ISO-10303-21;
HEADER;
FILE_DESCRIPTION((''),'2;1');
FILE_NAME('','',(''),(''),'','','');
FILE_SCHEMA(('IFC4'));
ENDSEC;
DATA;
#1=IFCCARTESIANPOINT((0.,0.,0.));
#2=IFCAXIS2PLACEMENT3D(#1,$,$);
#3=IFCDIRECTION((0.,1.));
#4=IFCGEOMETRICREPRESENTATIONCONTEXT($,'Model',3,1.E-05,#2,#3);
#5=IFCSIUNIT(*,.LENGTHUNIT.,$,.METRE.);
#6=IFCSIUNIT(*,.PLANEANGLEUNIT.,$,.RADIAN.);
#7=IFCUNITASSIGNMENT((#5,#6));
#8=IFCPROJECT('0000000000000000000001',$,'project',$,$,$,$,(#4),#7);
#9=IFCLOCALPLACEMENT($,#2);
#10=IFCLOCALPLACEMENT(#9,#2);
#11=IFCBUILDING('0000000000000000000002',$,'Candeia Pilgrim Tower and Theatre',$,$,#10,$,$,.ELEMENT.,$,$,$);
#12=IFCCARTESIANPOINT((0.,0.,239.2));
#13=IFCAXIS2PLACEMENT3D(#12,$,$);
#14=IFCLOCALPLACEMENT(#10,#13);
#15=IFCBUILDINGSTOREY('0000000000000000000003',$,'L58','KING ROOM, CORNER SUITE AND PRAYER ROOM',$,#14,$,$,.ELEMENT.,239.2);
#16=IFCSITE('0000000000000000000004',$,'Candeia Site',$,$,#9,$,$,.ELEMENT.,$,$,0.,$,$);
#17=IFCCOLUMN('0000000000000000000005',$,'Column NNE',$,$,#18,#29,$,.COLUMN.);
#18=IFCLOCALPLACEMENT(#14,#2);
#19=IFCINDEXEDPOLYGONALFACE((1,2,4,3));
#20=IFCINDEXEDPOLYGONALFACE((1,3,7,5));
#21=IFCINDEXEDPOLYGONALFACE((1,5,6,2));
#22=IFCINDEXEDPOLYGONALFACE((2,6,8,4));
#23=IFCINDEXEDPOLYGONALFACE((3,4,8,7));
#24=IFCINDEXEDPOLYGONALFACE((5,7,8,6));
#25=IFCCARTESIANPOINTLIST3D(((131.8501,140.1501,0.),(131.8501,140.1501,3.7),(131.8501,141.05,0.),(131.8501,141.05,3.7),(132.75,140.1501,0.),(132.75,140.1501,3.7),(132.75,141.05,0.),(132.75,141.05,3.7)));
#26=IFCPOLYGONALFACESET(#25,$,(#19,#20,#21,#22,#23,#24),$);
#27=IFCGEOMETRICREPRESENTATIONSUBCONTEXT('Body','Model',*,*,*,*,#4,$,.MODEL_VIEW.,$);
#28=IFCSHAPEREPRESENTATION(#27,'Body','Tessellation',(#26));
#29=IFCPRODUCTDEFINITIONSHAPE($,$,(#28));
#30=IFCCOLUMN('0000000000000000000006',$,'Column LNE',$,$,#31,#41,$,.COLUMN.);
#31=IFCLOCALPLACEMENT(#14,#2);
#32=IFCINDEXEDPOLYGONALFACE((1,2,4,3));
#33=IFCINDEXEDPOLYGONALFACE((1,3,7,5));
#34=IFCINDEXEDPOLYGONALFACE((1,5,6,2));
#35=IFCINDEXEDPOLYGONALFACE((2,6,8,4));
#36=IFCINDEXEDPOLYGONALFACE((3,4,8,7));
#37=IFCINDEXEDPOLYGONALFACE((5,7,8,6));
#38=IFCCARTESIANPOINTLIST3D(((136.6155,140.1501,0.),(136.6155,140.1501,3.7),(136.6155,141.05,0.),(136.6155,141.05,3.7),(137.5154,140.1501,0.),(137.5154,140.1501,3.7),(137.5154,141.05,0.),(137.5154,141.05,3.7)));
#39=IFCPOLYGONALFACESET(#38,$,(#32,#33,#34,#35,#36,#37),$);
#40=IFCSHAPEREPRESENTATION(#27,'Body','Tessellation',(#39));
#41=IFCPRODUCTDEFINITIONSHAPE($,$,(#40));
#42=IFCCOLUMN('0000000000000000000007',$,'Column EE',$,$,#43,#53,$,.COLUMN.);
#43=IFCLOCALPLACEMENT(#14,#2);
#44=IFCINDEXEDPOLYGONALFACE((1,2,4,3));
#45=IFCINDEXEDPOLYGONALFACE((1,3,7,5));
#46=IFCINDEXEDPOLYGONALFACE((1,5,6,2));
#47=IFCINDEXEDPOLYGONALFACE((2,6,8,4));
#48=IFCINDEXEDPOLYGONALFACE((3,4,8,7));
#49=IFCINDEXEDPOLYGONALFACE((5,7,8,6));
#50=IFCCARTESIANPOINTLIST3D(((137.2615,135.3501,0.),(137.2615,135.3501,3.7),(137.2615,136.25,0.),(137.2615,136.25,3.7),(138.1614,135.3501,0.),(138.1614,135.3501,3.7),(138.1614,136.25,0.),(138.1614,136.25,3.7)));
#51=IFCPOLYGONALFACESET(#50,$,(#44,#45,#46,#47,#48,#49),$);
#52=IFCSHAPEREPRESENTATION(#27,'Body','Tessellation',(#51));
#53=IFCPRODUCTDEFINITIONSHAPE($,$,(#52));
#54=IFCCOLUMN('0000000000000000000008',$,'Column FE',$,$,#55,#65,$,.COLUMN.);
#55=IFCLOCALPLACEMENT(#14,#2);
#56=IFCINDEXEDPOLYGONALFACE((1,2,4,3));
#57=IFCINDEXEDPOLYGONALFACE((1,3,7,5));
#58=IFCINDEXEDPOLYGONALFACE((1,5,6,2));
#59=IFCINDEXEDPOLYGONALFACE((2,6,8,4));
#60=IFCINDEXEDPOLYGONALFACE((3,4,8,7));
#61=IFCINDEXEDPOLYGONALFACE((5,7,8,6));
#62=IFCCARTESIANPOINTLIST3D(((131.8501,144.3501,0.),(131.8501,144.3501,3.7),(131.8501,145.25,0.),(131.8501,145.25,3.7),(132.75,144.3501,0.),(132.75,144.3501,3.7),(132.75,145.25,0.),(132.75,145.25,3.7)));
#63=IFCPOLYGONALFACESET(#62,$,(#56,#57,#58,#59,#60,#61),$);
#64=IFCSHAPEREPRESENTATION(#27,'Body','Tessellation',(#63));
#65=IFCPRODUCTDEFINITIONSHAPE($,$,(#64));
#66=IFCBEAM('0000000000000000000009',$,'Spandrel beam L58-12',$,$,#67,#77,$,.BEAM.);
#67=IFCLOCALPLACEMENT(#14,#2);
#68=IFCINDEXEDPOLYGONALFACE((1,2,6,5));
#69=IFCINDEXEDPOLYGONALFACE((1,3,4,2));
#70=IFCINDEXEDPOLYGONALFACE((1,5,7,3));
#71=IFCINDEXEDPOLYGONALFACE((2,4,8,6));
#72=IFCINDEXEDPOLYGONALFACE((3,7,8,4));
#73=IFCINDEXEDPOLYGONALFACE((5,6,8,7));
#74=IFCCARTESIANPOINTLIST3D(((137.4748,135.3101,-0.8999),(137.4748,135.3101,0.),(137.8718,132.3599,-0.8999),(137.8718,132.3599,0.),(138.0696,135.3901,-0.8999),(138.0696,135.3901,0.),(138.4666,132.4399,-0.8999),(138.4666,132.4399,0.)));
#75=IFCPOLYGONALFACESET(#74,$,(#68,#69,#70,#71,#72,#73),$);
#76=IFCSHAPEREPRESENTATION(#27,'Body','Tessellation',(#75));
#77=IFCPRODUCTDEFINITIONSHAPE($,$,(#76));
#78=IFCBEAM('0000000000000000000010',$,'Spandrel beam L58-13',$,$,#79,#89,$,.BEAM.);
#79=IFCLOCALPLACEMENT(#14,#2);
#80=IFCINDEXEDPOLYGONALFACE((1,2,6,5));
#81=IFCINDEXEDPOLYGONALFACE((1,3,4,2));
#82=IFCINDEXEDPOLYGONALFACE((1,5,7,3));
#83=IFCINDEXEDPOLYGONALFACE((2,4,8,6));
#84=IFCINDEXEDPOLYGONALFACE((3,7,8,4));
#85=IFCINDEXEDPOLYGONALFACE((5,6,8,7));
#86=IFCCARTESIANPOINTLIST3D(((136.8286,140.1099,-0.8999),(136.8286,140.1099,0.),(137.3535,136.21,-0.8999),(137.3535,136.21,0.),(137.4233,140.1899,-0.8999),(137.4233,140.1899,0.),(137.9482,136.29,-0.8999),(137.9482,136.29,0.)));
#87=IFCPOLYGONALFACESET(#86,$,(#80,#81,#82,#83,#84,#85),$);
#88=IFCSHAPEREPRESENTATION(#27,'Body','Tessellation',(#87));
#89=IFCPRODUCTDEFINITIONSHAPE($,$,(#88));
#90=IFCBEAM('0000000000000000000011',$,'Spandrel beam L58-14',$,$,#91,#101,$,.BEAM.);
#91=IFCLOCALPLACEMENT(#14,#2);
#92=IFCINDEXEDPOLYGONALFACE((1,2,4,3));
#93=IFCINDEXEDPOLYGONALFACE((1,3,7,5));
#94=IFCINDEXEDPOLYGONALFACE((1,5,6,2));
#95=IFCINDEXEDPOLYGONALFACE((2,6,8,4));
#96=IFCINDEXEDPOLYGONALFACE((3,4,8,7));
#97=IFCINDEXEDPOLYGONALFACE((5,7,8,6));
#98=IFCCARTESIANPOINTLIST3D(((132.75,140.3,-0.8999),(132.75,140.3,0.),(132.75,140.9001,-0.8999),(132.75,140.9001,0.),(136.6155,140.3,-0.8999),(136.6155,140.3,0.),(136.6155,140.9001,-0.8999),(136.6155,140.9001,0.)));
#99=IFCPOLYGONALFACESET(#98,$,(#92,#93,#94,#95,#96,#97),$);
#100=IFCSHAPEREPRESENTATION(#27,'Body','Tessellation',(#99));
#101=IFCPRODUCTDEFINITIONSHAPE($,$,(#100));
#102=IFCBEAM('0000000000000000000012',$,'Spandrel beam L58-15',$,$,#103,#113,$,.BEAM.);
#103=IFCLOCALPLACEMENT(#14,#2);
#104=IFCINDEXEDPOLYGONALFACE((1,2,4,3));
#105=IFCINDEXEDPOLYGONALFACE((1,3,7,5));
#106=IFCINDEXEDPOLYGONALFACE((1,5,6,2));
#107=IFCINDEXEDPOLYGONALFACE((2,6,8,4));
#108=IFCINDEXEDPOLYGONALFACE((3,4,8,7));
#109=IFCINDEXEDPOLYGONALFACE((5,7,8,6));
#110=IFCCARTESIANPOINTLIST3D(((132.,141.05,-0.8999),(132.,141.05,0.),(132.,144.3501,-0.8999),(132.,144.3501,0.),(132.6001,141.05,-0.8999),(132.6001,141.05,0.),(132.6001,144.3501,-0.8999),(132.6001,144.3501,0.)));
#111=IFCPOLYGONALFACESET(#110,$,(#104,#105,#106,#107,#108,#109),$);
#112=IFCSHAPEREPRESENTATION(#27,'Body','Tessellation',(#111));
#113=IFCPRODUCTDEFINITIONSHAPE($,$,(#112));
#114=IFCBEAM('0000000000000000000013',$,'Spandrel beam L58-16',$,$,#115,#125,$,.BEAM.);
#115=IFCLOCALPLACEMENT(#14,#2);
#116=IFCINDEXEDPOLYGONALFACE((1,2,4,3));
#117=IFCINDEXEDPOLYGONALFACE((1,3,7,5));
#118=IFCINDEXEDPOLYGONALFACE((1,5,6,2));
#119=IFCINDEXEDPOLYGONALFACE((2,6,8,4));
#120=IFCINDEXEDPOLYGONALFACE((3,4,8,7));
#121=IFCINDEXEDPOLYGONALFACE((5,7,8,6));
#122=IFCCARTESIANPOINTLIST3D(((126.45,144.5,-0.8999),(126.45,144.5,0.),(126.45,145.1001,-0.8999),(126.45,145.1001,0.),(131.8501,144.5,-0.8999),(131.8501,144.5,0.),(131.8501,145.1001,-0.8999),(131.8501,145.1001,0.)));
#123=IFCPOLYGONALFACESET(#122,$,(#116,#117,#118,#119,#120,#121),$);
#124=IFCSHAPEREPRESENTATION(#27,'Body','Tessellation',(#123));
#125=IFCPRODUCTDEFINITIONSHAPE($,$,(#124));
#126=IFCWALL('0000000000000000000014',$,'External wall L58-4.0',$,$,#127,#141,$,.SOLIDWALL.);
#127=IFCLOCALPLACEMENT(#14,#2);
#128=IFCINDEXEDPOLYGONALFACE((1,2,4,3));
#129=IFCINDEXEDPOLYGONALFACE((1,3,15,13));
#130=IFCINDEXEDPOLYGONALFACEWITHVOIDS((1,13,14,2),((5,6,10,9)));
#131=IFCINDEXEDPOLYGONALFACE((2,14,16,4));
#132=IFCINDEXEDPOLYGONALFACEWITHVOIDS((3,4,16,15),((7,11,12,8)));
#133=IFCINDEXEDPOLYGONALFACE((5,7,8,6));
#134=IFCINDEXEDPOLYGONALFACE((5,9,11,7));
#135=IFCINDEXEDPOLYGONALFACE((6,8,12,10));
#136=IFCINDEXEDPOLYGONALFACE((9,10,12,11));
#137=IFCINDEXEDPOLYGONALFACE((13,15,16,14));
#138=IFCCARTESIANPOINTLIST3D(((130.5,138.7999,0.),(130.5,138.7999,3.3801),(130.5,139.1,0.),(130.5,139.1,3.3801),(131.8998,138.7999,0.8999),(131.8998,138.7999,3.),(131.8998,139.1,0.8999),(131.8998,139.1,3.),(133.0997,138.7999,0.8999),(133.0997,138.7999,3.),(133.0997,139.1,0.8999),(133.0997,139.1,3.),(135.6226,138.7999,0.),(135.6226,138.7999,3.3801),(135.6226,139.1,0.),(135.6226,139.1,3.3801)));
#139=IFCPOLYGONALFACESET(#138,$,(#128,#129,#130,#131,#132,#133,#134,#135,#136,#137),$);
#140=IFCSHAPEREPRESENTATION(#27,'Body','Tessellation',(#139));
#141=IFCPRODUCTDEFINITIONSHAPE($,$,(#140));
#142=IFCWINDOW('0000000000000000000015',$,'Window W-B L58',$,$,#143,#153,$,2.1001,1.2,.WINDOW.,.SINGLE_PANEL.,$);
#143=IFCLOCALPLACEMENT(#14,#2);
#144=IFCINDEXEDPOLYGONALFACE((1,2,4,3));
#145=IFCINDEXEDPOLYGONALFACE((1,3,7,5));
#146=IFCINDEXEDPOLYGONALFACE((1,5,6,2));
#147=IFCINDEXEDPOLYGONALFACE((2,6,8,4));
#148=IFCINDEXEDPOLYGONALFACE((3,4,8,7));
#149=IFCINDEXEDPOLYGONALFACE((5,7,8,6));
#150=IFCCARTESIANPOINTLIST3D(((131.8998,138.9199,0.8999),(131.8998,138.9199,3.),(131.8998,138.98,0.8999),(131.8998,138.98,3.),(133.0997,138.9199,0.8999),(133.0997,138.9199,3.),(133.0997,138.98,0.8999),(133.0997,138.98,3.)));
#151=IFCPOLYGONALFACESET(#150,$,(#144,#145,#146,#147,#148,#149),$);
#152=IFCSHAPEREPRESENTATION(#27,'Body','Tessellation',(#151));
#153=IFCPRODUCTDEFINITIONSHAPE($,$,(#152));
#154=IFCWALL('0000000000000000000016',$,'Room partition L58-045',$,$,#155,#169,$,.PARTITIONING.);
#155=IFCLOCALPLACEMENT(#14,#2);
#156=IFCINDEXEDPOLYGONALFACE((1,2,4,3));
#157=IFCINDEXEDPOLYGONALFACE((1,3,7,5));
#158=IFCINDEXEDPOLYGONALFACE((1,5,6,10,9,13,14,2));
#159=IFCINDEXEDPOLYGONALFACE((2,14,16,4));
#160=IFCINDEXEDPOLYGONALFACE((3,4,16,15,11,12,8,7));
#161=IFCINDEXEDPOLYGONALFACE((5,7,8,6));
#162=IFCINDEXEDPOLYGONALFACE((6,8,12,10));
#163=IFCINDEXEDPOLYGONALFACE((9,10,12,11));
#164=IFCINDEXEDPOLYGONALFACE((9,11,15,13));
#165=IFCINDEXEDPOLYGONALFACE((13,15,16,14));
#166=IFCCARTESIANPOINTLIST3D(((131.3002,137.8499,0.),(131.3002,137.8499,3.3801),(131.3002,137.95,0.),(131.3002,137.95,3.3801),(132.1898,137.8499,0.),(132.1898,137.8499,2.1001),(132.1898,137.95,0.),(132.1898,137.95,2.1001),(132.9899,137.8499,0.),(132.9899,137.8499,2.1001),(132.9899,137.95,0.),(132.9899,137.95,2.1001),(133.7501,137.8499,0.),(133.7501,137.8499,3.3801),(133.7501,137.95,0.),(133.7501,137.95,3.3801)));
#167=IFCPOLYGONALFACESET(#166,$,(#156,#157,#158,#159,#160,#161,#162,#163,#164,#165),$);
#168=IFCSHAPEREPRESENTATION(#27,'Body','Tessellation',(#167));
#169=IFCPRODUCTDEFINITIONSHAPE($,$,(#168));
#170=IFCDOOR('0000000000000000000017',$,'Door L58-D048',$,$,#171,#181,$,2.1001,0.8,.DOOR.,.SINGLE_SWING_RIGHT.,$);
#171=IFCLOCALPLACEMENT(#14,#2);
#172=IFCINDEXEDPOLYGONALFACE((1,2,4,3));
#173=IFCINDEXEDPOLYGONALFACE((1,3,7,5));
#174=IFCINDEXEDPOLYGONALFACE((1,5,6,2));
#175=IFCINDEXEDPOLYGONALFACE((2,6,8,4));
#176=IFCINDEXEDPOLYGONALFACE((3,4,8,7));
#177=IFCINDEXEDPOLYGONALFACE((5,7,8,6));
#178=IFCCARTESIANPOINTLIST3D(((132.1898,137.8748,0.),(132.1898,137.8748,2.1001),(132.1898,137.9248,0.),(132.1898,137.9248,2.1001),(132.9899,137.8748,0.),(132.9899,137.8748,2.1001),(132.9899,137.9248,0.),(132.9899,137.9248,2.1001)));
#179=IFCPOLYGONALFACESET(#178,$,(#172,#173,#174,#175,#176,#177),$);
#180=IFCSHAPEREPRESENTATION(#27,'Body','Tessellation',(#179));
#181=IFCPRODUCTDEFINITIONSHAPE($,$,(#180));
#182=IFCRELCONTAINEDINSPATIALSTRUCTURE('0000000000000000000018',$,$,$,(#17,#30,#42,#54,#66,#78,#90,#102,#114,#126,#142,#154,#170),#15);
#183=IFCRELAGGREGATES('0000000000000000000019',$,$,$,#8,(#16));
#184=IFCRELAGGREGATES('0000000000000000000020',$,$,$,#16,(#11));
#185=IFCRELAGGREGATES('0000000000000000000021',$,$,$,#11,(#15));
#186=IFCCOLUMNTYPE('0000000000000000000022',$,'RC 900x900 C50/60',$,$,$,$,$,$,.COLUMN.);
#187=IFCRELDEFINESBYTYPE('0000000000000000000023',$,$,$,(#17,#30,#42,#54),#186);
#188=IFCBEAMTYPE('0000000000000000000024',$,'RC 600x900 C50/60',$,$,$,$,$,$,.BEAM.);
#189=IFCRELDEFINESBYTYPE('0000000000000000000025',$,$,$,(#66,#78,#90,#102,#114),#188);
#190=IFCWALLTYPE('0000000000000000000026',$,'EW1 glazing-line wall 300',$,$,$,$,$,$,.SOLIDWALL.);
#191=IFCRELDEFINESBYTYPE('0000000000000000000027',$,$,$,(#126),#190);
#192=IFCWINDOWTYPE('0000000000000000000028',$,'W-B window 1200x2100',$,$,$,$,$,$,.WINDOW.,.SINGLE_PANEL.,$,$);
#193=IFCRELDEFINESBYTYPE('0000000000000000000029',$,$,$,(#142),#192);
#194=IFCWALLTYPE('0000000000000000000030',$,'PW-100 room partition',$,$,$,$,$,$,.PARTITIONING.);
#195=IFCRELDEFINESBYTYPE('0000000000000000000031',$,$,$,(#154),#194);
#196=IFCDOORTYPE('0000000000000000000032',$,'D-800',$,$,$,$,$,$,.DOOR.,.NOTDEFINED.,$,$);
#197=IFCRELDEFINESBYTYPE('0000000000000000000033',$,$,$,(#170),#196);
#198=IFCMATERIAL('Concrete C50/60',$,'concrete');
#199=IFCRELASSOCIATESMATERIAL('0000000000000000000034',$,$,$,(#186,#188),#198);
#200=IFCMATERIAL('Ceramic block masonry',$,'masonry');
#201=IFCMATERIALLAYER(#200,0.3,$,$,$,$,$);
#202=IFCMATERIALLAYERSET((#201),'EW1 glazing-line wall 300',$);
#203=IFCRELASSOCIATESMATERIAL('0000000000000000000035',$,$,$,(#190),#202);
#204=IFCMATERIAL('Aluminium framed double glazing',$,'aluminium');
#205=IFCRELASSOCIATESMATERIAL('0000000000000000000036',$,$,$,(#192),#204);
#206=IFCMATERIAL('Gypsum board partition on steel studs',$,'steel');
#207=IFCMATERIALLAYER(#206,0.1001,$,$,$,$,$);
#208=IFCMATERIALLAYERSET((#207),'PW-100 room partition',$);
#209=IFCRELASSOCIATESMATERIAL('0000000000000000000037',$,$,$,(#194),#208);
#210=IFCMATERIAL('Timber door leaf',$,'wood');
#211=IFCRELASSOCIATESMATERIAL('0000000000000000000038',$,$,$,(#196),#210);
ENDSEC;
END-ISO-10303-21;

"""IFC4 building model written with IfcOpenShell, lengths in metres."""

from ifc_helpers import new_model, si_unit, direction, frame, frame_2d, origin, origin_2d, place, context, subcontext, project, spatial, rectangle, extrude, material, layer, layer_set, material_profile, profile_set, type_object, element, fill, save


model = new_model("IFC4")

# Units and contexts
model_context = context("Model", 3, precision=1e-05, world=origin(), true_north=direction((0.0, 1.0)))
body_context = subcontext(model_context, "Body", "Model", "MODEL_VIEW")
ifc_project = project(units=[si_unit("LENGTHUNIT", "METRE"), si_unit("PLANEANGLEUNIT", "RADIAN")], contexts=[model_context])

# Site, building, storey
site_placement = place(None, origin())
site = spatial("IfcSite", under=ifc_project, at=site_placement, Name="Candeia Site", CompositionType="ELEMENT", RefElevation=0.0)
building_placement = place(site_placement, origin())
building = spatial("IfcBuilding", under=site, at=building_placement, Name="Candeia Pilgrim Tower and Theatre", CompositionType="ELEMENT")
storey_placement = place(building_placement, frame((0.0, 0.0, 239.2)))
storey = spatial("IfcBuildingStorey", under=building, at=storey_placement, Name="L58", Description="KING ROOM, CORNER SUITE AND PRAYER ROOM", CompositionType="ELEMENT", Elevation=239.2)

# Columns
ifc_material_1 = material(Name="Concrete C50/60", Category="concrete")
ifc_material_profile_1 = material_profile(ifc_material_1, rectangle(XDim=0.8999, YDim=0.8999, at=origin_2d()))
ifc_profile_set_1 = profile_set([ifc_material_profile_1], Name="Concrete C50/60")
column_type = type_object("IfcColumnType", Name="RC 900x900 C50/60", PredefinedType="COLUMN", material=ifc_profile_set_1)
for number, where, z_axis, x_axis, name in (
    (1, (132.3, 140.6001, 0.0), (0.0, 0.0, 1.0), (1.0, 0.0, 0.0), "Column NNE"),
    (2, (137.0654, 140.6001, 0.0), (0.0, 0.0, 1.0), (1.0, 0.0, 0.0), "Column LNE"),
    (3, (137.7114, 135.8, 0.0), (0.0, 0.0, 1.0), (1.0, 0.0, 0.0), "Column EE"),
    (4, (132.3, 144.8, 0.0), (0.0, 0.0, 1.0), (1.0, 0.0, 0.0), "Column FE"),
):
    element("IfcColumn", number, at=place(storey_placement, frame(where, z_axis=z_axis, x_axis=x_axis)), inside=storey, type_object=column_type, Name=name, PredefinedType="COLUMN", context=body_context, shape_type="SweptSolid", body=[
        extrude(rectangle(XDim=0.8999, YDim=0.8999, at=origin_2d()), origin(), (0.0, 0.0, 1.0), 3.7),
    ])

# Beams
ifc_material_profile_2 = material_profile(ifc_material_1, rectangle(XDim=0.6001, YDim=0.8999, at=origin_2d()))
ifc_profile_set_2 = profile_set([ifc_material_profile_2], Name="Concrete C50/60")
beam_type = type_object("IfcBeamType", Name="RC 600x900 C50/60", PredefinedType="BEAM", material=ifc_profile_set_2)
beam_1_placement = place(storey_placement, frame((138.1692, 132.3999, -0.45), z_axis=(-0.133356, 0.991068, 0.0), x_axis=(-0.991068, -0.133356, 0.0)))
element("IfcBeam", 5, at=beam_1_placement, inside=storey, type_object=beam_type, Name="Spandrel beam L58-12", PredefinedType="BEAM", context=body_context, shape_type="SweptSolid", body=[
    extrude(rectangle(XDim=0.6001, YDim=0.8999, at=origin_2d()), origin(), (0.0, 0.0, 1.0), 2.9768),
])
beam_2_placement = place(storey_placement, frame((137.6509, 136.25, -0.45), z_axis=(-0.133391, 0.991064, 0.0), x_axis=(-0.991064, -0.133391, 0.0)))
element("IfcBeam", 6, at=beam_2_placement, inside=storey, type_object=beam_type, Name="Spandrel beam L58-13", PredefinedType="BEAM", context=body_context, shape_type="SweptSolid", body=[
    extrude(rectangle(XDim=0.6001, YDim=0.8999, at=origin_2d()), origin(), (0.0, 0.0, 1.0), 3.9351),
])
beam_3_placement = place(storey_placement, frame((136.6155, 140.6001, -0.45), z_axis=(-1.0, 0.0, 0.0), x_axis=(0.0, -1.0, 0.0)))
element("IfcBeam", 7, at=beam_3_placement, inside=storey, type_object=beam_type, Name="Spandrel beam L58-14", PredefinedType="BEAM", context=body_context, shape_type="SweptSolid", body=[
    extrude(rectangle(XDim=0.6001, YDim=0.8999, at=origin_2d()), origin(), (0.0, 0.0, 1.0), 3.8655),
])
beam_4_placement = place(storey_placement, frame((132.3, 141.05, -0.45), z_axis=(0.0, 1.0, 0.0), x_axis=(-1.0, 0.0, 0.0)))
element("IfcBeam", 8, at=beam_4_placement, inside=storey, type_object=beam_type, Name="Spandrel beam L58-15", PredefinedType="BEAM", context=body_context, shape_type="SweptSolid", body=[
    extrude(rectangle(XDim=0.6001, YDim=0.8999, at=origin_2d()), origin(), (0.0, 0.0, 1.0), 3.3),
])
beam_5_placement = place(storey_placement, frame((131.8501, 144.8, -0.45), z_axis=(-1.0, 0.0, 0.0), x_axis=(0.0, -1.0, 0.0)))
element("IfcBeam", 9, at=beam_5_placement, inside=storey, type_object=beam_type, Name="Spandrel beam L58-16", PredefinedType="BEAM", context=body_context, shape_type="SweptSolid", body=[
    extrude(rectangle(XDim=0.6001, YDim=0.8999, at=origin_2d()), origin(), (0.0, 0.0, 1.0), 5.4001),
])

# Wall, opening, window
ifc_material_2 = material(Name="Ceramic block masonry", Category="masonry")
ifc_layer_1 = layer(ifc_material_2, 0.3)
ifc_layer_set_1 = layer_set([ifc_layer_1], Name="EW1 glazing-line wall 300")
wall_type_1 = type_object("IfcWallType", Name="EW1 glazing-line wall 300", PredefinedType="SOLIDWALL", material=ifc_layer_set_1)
wall_1_placement = place(storey_placement, frame((135.6226, 138.95, 0.0), z_axis=(0.0, 0.0, 1.0), x_axis=(-1.0, 0.0, 0.0)))
wall_1 = element("IfcWall", 10, at=wall_1_placement, inside=storey, type_object=wall_type_1, Name="External wall L58-4.0", PredefinedType="SOLIDWALL", context=body_context, shape_type="SweptSolid", body=[
    extrude(rectangle(XDim=5.1226, YDim=0.3, at=frame_2d((2.5613, 0.0))), origin(), (0.0, 0.0, 1.0), 3.3801),
])
opening_1_placement = place(wall_1_placement, frame((2.5227, 0.0, 0.8999)))
opening_1 = element("IfcOpeningElement", 11, at=opening_1_placement, cuts=wall_1, PredefinedType="OPENING", context=body_context, shape_type="SweptSolid", body=[
    extrude(rectangle(XDim=1.2, YDim=2.1001, at=frame_2d((0.6001, 1.05))), frame((0.0, 0.1602, 0.0), z_axis=(0.0, -1.0, 0.0), x_axis=(1.0, 0.0, 0.0)), (0.0, 0.0, 1.0), 0.3201),
])
ifc_material_3 = material(Name="Aluminium framed double glazing", Category="aluminium")
window_type = type_object("IfcWindowType", Name="W-B window 1200x2100", PartitioningType="SINGLE_PANEL", PredefinedType="WINDOW", material=ifc_material_3)
window_placement = place(opening_1_placement, origin())
window = element("IfcWindow", 12, at=window_placement, inside=storey, type_object=window_type, Name="Window W-B L58", OverallHeight=2.1001, OverallWidth=1.2, PartitioningType="SINGLE_PANEL", PredefinedType="WINDOW", context=body_context, shape_type="SweptSolid", body=[
    extrude(rectangle(XDim=1.2, YDim=2.1001, at=frame_2d((0.6001, 1.05))), frame((0.0, 0.03, 0.0), z_axis=(0.0, -1.0, 0.0), x_axis=(1.0, 0.0, 0.0)), (0.0, 0.0, 1.0), 0.0601),
])
fill(opening_1, window)

# Wall, opening, door
ifc_material_4 = material(Name="Gypsum board partition on steel studs", Category="steel")
ifc_layer_2 = layer(ifc_material_4, 0.1001)
ifc_layer_set_2 = layer_set([ifc_layer_2], Name="PW-100 room partition")
wall_type_2 = type_object("IfcWallType", Name="PW-100 room partition", PredefinedType="PARTITIONING", material=ifc_layer_set_2)
wall_2_placement = place(storey_placement, frame((131.3, 137.8999, 0.0), z_axis=(0.0, 0.0, 1.0), x_axis=(1.0, 0.0, 0.0)))
wall_2 = element("IfcWall", 13, at=wall_2_placement, inside=storey, type_object=wall_type_2, Name="Room partition L58-045", PredefinedType="PARTITIONING", context=body_context, shape_type="SweptSolid", body=[
    extrude(rectangle(XDim=2.45, YDim=0.1001, at=frame_2d((1.2251, 0.0))), origin(), (0.0, 0.0, 1.0), 3.3801),
])
opening_2_placement = place(wall_2_placement, frame((0.8899, 0.0, 0.0)))
opening_2 = element("IfcOpeningElement", 14, at=opening_2_placement, cuts=wall_2, PredefinedType="OPENING", context=body_context, shape_type="SweptSolid", body=[
    extrude(rectangle(XDim=0.8, YDim=2.1001, at=frame_2d((0.3999, 1.05))), frame((0.0, 0.0601, 0.0), z_axis=(0.0, -1.0, 0.0), x_axis=(1.0, 0.0, 0.0)), (0.0, 0.0, 1.0), 0.1201),
])
ifc_material_5 = material(Name="Timber door leaf", Category="wood")
door_type = type_object("IfcDoorType", Name="D-800", OperationType="NOTDEFINED", PredefinedType="DOOR", material=ifc_material_5)
door_1_placement = place(opening_2_placement, origin())
door_1 = element("IfcDoor", 15, at=door_1_placement, inside=storey, type_object=door_type, Name="Door L58-D048", OperationType="SINGLE_SWING_RIGHT", OverallHeight=2.1001, OverallWidth=0.8, PredefinedType="DOOR", context=body_context, shape_type="SweptSolid", body=[
    extrude(rectangle(XDim=0.8, YDim=2.1001, at=frame_2d((0.3999, 1.05))), frame((0.0, 0.0249, 0.0), z_axis=(0.0, -1.0, 0.0), x_axis=(1.0, 0.0, 0.0)), (0.0, 0.0, 1.0), 0.05),
])
fill(opening_2, door_1)

save(model, "model.ifc")
